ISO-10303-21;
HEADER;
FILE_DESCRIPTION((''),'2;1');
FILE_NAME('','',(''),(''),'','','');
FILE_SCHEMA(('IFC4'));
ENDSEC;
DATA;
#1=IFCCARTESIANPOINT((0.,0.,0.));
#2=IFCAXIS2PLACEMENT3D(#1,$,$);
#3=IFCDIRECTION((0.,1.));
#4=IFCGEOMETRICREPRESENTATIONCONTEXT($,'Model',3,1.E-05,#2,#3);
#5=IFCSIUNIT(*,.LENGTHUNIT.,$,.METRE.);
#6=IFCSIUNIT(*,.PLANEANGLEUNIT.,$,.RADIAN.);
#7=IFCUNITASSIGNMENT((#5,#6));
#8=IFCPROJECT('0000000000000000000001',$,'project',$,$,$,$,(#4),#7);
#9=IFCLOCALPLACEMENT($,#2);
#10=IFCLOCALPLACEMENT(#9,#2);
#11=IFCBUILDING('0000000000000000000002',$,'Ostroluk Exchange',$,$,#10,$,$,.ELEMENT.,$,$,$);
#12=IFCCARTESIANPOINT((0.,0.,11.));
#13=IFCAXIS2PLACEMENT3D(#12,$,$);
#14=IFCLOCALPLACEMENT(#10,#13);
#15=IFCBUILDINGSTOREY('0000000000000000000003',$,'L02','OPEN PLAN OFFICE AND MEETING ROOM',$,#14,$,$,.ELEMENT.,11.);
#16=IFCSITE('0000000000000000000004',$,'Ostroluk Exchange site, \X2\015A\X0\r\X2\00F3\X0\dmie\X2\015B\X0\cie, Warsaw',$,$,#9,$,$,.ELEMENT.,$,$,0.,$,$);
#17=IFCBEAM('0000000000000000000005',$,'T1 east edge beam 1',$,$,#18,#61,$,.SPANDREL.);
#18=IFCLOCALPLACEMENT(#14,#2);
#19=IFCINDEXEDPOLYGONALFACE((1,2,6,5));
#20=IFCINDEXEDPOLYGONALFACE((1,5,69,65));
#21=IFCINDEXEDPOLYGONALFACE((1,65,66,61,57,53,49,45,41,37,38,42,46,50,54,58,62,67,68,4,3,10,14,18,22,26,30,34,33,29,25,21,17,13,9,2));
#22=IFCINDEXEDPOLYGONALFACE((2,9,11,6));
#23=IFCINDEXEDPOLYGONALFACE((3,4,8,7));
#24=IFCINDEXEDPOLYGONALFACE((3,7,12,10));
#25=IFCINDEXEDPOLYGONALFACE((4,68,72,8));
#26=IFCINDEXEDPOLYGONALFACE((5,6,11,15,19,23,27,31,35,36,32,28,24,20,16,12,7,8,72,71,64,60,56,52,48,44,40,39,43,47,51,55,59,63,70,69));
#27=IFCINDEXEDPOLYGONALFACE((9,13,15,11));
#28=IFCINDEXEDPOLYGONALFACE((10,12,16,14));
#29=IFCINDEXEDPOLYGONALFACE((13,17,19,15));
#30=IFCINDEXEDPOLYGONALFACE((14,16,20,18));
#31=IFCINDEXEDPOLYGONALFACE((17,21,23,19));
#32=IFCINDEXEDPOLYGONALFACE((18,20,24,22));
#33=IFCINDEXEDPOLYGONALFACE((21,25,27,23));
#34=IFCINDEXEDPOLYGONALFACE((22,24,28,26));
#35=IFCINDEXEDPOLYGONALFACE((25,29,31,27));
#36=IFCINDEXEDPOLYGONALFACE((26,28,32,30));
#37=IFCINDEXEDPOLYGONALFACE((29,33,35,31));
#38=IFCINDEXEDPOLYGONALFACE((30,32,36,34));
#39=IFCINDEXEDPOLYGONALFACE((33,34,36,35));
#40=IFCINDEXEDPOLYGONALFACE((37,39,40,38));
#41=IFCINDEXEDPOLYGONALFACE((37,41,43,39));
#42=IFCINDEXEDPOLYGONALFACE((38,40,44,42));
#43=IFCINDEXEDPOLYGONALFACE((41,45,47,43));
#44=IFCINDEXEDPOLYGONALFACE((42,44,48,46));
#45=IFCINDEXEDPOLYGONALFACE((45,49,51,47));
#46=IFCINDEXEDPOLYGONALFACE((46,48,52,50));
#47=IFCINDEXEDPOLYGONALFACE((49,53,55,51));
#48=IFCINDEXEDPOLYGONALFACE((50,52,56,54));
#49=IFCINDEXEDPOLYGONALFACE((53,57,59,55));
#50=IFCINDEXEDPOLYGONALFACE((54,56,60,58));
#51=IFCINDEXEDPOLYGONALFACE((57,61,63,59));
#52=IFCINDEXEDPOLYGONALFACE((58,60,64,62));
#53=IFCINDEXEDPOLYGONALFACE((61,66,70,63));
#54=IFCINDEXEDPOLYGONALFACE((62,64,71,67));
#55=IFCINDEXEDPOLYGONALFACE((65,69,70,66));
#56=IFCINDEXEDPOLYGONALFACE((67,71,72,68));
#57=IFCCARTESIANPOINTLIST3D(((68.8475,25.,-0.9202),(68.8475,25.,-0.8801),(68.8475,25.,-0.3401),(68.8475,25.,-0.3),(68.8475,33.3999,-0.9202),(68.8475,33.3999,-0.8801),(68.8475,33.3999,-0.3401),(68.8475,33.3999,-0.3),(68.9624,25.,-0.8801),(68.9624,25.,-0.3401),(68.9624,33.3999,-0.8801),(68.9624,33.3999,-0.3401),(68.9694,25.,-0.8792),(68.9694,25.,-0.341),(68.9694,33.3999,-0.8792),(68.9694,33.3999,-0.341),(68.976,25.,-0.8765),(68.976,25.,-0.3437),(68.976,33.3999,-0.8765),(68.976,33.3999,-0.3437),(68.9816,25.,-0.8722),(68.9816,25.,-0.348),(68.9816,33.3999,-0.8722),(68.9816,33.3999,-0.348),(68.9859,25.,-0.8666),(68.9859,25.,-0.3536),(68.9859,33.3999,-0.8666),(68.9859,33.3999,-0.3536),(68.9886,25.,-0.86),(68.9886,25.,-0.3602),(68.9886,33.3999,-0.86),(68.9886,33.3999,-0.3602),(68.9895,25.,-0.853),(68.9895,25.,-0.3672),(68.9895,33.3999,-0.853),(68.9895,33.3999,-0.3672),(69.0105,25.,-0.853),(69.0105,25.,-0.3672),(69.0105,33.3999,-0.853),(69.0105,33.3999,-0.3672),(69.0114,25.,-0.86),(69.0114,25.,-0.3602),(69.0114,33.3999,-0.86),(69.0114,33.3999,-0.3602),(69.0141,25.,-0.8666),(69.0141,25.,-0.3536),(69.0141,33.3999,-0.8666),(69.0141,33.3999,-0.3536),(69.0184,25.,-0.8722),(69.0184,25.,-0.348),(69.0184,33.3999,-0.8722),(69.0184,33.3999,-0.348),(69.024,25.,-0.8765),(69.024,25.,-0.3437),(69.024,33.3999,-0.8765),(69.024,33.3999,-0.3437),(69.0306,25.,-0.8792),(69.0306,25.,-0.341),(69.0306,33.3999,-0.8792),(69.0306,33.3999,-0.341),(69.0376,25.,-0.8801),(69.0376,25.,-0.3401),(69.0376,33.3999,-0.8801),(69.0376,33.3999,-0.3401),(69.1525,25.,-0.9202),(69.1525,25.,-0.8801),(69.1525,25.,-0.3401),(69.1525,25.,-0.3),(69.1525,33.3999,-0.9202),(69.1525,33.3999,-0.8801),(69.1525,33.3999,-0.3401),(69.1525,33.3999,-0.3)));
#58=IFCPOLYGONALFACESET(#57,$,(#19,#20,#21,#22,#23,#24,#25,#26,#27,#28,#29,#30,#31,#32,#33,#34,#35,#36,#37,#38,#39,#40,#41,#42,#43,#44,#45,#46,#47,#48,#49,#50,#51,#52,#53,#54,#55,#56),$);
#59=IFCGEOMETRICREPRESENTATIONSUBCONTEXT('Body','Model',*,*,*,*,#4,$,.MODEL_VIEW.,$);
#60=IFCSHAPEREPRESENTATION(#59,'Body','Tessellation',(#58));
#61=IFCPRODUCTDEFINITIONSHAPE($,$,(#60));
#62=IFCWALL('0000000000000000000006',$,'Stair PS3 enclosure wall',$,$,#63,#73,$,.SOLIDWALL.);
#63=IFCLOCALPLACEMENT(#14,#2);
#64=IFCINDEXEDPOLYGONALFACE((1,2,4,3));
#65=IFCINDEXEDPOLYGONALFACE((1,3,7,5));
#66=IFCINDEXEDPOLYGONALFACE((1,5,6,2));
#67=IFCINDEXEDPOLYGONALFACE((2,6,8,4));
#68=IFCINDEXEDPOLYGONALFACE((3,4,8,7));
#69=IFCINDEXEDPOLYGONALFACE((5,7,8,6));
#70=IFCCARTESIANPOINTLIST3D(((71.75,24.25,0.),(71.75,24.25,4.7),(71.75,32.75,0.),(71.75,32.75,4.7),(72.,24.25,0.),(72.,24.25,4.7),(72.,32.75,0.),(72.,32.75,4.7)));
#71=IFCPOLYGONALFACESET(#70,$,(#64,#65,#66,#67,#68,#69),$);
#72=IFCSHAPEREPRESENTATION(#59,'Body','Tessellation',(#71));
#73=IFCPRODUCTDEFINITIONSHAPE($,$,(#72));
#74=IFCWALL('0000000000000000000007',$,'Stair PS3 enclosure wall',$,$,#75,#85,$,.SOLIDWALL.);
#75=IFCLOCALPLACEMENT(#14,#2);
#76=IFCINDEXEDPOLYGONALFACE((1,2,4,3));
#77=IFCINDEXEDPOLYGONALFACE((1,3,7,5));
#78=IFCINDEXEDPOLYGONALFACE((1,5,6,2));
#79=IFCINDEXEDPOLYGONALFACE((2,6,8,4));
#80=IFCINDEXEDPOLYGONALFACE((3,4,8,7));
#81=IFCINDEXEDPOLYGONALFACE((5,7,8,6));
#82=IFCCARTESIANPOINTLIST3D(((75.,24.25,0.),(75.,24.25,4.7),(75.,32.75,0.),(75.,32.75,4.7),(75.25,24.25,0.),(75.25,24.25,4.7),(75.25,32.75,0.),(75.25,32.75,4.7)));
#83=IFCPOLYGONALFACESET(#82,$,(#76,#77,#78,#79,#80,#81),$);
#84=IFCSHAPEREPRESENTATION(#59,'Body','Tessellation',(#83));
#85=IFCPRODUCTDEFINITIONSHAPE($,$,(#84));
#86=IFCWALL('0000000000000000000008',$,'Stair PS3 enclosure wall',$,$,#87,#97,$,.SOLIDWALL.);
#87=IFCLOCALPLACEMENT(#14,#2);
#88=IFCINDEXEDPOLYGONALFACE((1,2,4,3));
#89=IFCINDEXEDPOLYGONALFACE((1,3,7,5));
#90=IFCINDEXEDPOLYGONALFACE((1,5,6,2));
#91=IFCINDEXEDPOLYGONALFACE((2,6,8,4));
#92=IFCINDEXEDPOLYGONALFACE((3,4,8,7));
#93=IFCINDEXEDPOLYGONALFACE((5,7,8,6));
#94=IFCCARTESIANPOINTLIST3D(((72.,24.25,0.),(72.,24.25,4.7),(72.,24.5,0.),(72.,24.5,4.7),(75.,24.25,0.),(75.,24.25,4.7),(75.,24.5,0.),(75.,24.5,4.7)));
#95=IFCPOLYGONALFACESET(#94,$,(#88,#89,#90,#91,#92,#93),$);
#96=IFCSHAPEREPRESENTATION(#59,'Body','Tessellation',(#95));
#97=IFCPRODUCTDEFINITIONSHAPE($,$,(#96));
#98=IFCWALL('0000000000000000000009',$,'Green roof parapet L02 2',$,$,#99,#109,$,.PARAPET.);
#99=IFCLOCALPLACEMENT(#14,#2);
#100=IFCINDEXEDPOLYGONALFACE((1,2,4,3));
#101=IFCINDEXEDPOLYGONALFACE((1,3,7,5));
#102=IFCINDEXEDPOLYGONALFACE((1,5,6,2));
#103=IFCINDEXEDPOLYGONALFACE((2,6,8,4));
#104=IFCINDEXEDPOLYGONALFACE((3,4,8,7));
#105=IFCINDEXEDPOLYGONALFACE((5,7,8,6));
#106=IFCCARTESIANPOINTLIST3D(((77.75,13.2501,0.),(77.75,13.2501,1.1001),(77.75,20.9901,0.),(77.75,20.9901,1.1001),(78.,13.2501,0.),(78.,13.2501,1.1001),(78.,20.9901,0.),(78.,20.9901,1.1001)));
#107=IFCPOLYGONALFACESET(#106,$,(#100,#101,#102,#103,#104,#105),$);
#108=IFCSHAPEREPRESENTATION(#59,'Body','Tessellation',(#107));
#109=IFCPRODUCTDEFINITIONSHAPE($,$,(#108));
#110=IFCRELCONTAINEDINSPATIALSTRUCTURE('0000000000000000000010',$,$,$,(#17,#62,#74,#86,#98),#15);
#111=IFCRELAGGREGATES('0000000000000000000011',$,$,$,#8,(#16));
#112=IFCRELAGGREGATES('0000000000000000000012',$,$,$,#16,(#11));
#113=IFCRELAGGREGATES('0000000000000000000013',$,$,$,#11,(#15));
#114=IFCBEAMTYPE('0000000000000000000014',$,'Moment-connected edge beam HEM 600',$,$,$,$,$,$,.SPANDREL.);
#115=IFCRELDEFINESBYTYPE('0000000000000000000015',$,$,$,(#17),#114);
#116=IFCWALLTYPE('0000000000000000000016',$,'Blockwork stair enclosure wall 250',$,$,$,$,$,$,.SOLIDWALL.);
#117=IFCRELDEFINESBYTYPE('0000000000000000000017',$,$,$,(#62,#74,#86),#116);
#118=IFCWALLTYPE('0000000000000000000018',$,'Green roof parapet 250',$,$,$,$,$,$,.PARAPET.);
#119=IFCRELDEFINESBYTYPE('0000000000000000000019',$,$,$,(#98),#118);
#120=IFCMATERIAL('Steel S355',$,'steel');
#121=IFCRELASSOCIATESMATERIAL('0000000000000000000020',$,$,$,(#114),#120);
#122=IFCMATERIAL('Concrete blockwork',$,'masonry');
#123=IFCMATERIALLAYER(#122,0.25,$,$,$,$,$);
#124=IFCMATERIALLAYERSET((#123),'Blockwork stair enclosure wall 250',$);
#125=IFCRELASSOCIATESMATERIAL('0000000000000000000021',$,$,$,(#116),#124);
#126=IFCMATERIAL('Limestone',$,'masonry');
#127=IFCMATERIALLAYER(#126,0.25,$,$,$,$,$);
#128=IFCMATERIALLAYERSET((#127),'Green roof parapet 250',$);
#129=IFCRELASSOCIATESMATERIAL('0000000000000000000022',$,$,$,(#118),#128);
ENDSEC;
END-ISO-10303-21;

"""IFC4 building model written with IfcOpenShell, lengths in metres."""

from ifc_helpers import new_model, si_unit, direction, frame, frame_2d, origin, origin_2d, place, context, subcontext, project, spatial, rectangle, i_section, extrude, material, layer, layer_set, material_profile, profile_set, type_object, element, save


model = new_model("IFC4")

# Units and contexts
model_context = context("Model", 3, precision=1e-05, world=origin(), true_north=direction((0.0, 1.0)))
body_context = subcontext(model_context, "Body", "Model", "MODEL_VIEW")
ifc_project = project(units=[si_unit("LENGTHUNIT", "METRE"), si_unit("PLANEANGLEUNIT", "RADIAN")], contexts=[model_context])

# Site, building, storey
site_placement = place(None, origin())
site = spatial("IfcSite", under=ifc_project, at=site_placement, Name="Ostroluk Exchange site, Śródmieście, Warsaw", CompositionType="ELEMENT", RefElevation=0.0)
building_placement = place(site_placement, origin())
building = spatial("IfcBuilding", under=site, at=building_placement, Name="Ostroluk Exchange", CompositionType="ELEMENT")
storey_placement = place(building_placement, frame((0.0, 0.0, 11.0)))
storey = spatial("IfcBuildingStorey", under=building, at=storey_placement, Name="L02", Description="OPEN PLAN OFFICE AND MEETING ROOM", CompositionType="ELEMENT", Elevation=11.0)

# Beam
ifc_material_1 = material(Name="Steel S355", Category="steel")
ifc_material_profile_1 = material_profile(ifc_material_1, i_section(OverallWidth=0.3049, OverallDepth=0.6201, WebThickness=0.021, FlangeThickness=0.04, FilletRadius=0.0271, at=origin_2d()), Name="HEM 600")
ifc_profile_set_1 = profile_set([ifc_material_profile_1], Name="Steel S355")
beam_type = type_object("IfcBeamType", Name="Moment-connected edge beam HEM 600", PredefinedType="SPANDREL", material=ifc_profile_set_1)
beam_placement = place(storey_placement, frame((69.0, 25.0, -0.6101), z_axis=(0.0, 1.0, 0.0), x_axis=(-1.0, 0.0, 0.0)))
element("IfcBeam", 1, at=beam_placement, inside=storey, type_object=beam_type, Name="T1 east edge beam 1", PredefinedType="SPANDREL", context=body_context, shape_type="SweptSolid", body=[
    extrude(i_section(OverallWidth=0.3049, OverallDepth=0.6201, WebThickness=0.021, FlangeThickness=0.04, FilletRadius=0.0271, at=origin_2d()), origin(), (0.0, 0.0, 1.0), 8.3999),
])

# Walls
ifc_material_2 = material(Name="Concrete blockwork", Category="masonry")
ifc_layer_1 = layer(ifc_material_2, 0.25)
ifc_layer_set_1 = layer_set([ifc_layer_1], Name="Blockwork stair enclosure wall 250")
wall_type_1 = type_object("IfcWallType", Name="Blockwork stair enclosure wall 250", PredefinedType="SOLIDWALL", material=ifc_layer_set_1)
for number, where, z_axis, x_axis, name in (
    (2, (71.875, 24.25, 0.0), (0.0, 0.0, 1.0), (0.0, 1.0, 0.0), "Stair PS3 enclosure wall"),
    (3, (75.125, 24.25, 0.0), (0.0, 0.0, 1.0), (0.0, 1.0, 0.0), "Stair PS3 enclosure wall"),
):
    element("IfcWall", number, at=place(storey_placement, frame(where, z_axis=z_axis, x_axis=x_axis)), inside=storey, type_object=wall_type_1, Name=name, PredefinedType="SOLIDWALL", context=body_context, shape_type="SweptSolid", body=[
        extrude(rectangle(XDim=8.5, YDim=0.25, at=frame_2d((4.25, 0.0))), origin(), (0.0, 0.0, 1.0), 4.7),
    ])
wall_1_placement = place(storey_placement, frame((72.0, 24.375, 0.0), z_axis=(0.0, 0.0, 1.0), x_axis=(1.0, 0.0, 0.0)))
element("IfcWall", 4, at=wall_1_placement, inside=storey, type_object=wall_type_1, Name="Stair PS3 enclosure wall", PredefinedType="SOLIDWALL", context=body_context, shape_type="SweptSolid", body=[
    extrude(rectangle(XDim=3.0, YDim=0.25, at=frame_2d((1.5, 0.0))), origin(), (0.0, 0.0, 1.0), 4.7),
])
ifc_material_3 = material(Name="Limestone", Category="masonry")
ifc_layer_2 = layer(ifc_material_3, 0.25)
ifc_layer_set_2 = layer_set([ifc_layer_2], Name="Green roof parapet 250")
wall_type_2 = type_object("IfcWallType", Name="Green roof parapet 250", PredefinedType="PARAPET", material=ifc_layer_set_2)
wall_2_placement = place(storey_placement, frame((77.875, 13.25, 0.0), z_axis=(0.0, 0.0, 1.0), x_axis=(0.0, 1.0, 0.0)))
element("IfcWall", 5, at=wall_2_placement, inside=storey, type_object=wall_type_2, Name="Green roof parapet L02 2", PredefinedType="PARAPET", context=body_context, shape_type="SweptSolid", body=[
    extrude(rectangle(XDim=7.74, YDim=0.25, at=frame_2d((3.8701, 0.0))), origin(), (0.0, 0.0, 1.0), 1.1001),
])

save(model, "model.ifc")
